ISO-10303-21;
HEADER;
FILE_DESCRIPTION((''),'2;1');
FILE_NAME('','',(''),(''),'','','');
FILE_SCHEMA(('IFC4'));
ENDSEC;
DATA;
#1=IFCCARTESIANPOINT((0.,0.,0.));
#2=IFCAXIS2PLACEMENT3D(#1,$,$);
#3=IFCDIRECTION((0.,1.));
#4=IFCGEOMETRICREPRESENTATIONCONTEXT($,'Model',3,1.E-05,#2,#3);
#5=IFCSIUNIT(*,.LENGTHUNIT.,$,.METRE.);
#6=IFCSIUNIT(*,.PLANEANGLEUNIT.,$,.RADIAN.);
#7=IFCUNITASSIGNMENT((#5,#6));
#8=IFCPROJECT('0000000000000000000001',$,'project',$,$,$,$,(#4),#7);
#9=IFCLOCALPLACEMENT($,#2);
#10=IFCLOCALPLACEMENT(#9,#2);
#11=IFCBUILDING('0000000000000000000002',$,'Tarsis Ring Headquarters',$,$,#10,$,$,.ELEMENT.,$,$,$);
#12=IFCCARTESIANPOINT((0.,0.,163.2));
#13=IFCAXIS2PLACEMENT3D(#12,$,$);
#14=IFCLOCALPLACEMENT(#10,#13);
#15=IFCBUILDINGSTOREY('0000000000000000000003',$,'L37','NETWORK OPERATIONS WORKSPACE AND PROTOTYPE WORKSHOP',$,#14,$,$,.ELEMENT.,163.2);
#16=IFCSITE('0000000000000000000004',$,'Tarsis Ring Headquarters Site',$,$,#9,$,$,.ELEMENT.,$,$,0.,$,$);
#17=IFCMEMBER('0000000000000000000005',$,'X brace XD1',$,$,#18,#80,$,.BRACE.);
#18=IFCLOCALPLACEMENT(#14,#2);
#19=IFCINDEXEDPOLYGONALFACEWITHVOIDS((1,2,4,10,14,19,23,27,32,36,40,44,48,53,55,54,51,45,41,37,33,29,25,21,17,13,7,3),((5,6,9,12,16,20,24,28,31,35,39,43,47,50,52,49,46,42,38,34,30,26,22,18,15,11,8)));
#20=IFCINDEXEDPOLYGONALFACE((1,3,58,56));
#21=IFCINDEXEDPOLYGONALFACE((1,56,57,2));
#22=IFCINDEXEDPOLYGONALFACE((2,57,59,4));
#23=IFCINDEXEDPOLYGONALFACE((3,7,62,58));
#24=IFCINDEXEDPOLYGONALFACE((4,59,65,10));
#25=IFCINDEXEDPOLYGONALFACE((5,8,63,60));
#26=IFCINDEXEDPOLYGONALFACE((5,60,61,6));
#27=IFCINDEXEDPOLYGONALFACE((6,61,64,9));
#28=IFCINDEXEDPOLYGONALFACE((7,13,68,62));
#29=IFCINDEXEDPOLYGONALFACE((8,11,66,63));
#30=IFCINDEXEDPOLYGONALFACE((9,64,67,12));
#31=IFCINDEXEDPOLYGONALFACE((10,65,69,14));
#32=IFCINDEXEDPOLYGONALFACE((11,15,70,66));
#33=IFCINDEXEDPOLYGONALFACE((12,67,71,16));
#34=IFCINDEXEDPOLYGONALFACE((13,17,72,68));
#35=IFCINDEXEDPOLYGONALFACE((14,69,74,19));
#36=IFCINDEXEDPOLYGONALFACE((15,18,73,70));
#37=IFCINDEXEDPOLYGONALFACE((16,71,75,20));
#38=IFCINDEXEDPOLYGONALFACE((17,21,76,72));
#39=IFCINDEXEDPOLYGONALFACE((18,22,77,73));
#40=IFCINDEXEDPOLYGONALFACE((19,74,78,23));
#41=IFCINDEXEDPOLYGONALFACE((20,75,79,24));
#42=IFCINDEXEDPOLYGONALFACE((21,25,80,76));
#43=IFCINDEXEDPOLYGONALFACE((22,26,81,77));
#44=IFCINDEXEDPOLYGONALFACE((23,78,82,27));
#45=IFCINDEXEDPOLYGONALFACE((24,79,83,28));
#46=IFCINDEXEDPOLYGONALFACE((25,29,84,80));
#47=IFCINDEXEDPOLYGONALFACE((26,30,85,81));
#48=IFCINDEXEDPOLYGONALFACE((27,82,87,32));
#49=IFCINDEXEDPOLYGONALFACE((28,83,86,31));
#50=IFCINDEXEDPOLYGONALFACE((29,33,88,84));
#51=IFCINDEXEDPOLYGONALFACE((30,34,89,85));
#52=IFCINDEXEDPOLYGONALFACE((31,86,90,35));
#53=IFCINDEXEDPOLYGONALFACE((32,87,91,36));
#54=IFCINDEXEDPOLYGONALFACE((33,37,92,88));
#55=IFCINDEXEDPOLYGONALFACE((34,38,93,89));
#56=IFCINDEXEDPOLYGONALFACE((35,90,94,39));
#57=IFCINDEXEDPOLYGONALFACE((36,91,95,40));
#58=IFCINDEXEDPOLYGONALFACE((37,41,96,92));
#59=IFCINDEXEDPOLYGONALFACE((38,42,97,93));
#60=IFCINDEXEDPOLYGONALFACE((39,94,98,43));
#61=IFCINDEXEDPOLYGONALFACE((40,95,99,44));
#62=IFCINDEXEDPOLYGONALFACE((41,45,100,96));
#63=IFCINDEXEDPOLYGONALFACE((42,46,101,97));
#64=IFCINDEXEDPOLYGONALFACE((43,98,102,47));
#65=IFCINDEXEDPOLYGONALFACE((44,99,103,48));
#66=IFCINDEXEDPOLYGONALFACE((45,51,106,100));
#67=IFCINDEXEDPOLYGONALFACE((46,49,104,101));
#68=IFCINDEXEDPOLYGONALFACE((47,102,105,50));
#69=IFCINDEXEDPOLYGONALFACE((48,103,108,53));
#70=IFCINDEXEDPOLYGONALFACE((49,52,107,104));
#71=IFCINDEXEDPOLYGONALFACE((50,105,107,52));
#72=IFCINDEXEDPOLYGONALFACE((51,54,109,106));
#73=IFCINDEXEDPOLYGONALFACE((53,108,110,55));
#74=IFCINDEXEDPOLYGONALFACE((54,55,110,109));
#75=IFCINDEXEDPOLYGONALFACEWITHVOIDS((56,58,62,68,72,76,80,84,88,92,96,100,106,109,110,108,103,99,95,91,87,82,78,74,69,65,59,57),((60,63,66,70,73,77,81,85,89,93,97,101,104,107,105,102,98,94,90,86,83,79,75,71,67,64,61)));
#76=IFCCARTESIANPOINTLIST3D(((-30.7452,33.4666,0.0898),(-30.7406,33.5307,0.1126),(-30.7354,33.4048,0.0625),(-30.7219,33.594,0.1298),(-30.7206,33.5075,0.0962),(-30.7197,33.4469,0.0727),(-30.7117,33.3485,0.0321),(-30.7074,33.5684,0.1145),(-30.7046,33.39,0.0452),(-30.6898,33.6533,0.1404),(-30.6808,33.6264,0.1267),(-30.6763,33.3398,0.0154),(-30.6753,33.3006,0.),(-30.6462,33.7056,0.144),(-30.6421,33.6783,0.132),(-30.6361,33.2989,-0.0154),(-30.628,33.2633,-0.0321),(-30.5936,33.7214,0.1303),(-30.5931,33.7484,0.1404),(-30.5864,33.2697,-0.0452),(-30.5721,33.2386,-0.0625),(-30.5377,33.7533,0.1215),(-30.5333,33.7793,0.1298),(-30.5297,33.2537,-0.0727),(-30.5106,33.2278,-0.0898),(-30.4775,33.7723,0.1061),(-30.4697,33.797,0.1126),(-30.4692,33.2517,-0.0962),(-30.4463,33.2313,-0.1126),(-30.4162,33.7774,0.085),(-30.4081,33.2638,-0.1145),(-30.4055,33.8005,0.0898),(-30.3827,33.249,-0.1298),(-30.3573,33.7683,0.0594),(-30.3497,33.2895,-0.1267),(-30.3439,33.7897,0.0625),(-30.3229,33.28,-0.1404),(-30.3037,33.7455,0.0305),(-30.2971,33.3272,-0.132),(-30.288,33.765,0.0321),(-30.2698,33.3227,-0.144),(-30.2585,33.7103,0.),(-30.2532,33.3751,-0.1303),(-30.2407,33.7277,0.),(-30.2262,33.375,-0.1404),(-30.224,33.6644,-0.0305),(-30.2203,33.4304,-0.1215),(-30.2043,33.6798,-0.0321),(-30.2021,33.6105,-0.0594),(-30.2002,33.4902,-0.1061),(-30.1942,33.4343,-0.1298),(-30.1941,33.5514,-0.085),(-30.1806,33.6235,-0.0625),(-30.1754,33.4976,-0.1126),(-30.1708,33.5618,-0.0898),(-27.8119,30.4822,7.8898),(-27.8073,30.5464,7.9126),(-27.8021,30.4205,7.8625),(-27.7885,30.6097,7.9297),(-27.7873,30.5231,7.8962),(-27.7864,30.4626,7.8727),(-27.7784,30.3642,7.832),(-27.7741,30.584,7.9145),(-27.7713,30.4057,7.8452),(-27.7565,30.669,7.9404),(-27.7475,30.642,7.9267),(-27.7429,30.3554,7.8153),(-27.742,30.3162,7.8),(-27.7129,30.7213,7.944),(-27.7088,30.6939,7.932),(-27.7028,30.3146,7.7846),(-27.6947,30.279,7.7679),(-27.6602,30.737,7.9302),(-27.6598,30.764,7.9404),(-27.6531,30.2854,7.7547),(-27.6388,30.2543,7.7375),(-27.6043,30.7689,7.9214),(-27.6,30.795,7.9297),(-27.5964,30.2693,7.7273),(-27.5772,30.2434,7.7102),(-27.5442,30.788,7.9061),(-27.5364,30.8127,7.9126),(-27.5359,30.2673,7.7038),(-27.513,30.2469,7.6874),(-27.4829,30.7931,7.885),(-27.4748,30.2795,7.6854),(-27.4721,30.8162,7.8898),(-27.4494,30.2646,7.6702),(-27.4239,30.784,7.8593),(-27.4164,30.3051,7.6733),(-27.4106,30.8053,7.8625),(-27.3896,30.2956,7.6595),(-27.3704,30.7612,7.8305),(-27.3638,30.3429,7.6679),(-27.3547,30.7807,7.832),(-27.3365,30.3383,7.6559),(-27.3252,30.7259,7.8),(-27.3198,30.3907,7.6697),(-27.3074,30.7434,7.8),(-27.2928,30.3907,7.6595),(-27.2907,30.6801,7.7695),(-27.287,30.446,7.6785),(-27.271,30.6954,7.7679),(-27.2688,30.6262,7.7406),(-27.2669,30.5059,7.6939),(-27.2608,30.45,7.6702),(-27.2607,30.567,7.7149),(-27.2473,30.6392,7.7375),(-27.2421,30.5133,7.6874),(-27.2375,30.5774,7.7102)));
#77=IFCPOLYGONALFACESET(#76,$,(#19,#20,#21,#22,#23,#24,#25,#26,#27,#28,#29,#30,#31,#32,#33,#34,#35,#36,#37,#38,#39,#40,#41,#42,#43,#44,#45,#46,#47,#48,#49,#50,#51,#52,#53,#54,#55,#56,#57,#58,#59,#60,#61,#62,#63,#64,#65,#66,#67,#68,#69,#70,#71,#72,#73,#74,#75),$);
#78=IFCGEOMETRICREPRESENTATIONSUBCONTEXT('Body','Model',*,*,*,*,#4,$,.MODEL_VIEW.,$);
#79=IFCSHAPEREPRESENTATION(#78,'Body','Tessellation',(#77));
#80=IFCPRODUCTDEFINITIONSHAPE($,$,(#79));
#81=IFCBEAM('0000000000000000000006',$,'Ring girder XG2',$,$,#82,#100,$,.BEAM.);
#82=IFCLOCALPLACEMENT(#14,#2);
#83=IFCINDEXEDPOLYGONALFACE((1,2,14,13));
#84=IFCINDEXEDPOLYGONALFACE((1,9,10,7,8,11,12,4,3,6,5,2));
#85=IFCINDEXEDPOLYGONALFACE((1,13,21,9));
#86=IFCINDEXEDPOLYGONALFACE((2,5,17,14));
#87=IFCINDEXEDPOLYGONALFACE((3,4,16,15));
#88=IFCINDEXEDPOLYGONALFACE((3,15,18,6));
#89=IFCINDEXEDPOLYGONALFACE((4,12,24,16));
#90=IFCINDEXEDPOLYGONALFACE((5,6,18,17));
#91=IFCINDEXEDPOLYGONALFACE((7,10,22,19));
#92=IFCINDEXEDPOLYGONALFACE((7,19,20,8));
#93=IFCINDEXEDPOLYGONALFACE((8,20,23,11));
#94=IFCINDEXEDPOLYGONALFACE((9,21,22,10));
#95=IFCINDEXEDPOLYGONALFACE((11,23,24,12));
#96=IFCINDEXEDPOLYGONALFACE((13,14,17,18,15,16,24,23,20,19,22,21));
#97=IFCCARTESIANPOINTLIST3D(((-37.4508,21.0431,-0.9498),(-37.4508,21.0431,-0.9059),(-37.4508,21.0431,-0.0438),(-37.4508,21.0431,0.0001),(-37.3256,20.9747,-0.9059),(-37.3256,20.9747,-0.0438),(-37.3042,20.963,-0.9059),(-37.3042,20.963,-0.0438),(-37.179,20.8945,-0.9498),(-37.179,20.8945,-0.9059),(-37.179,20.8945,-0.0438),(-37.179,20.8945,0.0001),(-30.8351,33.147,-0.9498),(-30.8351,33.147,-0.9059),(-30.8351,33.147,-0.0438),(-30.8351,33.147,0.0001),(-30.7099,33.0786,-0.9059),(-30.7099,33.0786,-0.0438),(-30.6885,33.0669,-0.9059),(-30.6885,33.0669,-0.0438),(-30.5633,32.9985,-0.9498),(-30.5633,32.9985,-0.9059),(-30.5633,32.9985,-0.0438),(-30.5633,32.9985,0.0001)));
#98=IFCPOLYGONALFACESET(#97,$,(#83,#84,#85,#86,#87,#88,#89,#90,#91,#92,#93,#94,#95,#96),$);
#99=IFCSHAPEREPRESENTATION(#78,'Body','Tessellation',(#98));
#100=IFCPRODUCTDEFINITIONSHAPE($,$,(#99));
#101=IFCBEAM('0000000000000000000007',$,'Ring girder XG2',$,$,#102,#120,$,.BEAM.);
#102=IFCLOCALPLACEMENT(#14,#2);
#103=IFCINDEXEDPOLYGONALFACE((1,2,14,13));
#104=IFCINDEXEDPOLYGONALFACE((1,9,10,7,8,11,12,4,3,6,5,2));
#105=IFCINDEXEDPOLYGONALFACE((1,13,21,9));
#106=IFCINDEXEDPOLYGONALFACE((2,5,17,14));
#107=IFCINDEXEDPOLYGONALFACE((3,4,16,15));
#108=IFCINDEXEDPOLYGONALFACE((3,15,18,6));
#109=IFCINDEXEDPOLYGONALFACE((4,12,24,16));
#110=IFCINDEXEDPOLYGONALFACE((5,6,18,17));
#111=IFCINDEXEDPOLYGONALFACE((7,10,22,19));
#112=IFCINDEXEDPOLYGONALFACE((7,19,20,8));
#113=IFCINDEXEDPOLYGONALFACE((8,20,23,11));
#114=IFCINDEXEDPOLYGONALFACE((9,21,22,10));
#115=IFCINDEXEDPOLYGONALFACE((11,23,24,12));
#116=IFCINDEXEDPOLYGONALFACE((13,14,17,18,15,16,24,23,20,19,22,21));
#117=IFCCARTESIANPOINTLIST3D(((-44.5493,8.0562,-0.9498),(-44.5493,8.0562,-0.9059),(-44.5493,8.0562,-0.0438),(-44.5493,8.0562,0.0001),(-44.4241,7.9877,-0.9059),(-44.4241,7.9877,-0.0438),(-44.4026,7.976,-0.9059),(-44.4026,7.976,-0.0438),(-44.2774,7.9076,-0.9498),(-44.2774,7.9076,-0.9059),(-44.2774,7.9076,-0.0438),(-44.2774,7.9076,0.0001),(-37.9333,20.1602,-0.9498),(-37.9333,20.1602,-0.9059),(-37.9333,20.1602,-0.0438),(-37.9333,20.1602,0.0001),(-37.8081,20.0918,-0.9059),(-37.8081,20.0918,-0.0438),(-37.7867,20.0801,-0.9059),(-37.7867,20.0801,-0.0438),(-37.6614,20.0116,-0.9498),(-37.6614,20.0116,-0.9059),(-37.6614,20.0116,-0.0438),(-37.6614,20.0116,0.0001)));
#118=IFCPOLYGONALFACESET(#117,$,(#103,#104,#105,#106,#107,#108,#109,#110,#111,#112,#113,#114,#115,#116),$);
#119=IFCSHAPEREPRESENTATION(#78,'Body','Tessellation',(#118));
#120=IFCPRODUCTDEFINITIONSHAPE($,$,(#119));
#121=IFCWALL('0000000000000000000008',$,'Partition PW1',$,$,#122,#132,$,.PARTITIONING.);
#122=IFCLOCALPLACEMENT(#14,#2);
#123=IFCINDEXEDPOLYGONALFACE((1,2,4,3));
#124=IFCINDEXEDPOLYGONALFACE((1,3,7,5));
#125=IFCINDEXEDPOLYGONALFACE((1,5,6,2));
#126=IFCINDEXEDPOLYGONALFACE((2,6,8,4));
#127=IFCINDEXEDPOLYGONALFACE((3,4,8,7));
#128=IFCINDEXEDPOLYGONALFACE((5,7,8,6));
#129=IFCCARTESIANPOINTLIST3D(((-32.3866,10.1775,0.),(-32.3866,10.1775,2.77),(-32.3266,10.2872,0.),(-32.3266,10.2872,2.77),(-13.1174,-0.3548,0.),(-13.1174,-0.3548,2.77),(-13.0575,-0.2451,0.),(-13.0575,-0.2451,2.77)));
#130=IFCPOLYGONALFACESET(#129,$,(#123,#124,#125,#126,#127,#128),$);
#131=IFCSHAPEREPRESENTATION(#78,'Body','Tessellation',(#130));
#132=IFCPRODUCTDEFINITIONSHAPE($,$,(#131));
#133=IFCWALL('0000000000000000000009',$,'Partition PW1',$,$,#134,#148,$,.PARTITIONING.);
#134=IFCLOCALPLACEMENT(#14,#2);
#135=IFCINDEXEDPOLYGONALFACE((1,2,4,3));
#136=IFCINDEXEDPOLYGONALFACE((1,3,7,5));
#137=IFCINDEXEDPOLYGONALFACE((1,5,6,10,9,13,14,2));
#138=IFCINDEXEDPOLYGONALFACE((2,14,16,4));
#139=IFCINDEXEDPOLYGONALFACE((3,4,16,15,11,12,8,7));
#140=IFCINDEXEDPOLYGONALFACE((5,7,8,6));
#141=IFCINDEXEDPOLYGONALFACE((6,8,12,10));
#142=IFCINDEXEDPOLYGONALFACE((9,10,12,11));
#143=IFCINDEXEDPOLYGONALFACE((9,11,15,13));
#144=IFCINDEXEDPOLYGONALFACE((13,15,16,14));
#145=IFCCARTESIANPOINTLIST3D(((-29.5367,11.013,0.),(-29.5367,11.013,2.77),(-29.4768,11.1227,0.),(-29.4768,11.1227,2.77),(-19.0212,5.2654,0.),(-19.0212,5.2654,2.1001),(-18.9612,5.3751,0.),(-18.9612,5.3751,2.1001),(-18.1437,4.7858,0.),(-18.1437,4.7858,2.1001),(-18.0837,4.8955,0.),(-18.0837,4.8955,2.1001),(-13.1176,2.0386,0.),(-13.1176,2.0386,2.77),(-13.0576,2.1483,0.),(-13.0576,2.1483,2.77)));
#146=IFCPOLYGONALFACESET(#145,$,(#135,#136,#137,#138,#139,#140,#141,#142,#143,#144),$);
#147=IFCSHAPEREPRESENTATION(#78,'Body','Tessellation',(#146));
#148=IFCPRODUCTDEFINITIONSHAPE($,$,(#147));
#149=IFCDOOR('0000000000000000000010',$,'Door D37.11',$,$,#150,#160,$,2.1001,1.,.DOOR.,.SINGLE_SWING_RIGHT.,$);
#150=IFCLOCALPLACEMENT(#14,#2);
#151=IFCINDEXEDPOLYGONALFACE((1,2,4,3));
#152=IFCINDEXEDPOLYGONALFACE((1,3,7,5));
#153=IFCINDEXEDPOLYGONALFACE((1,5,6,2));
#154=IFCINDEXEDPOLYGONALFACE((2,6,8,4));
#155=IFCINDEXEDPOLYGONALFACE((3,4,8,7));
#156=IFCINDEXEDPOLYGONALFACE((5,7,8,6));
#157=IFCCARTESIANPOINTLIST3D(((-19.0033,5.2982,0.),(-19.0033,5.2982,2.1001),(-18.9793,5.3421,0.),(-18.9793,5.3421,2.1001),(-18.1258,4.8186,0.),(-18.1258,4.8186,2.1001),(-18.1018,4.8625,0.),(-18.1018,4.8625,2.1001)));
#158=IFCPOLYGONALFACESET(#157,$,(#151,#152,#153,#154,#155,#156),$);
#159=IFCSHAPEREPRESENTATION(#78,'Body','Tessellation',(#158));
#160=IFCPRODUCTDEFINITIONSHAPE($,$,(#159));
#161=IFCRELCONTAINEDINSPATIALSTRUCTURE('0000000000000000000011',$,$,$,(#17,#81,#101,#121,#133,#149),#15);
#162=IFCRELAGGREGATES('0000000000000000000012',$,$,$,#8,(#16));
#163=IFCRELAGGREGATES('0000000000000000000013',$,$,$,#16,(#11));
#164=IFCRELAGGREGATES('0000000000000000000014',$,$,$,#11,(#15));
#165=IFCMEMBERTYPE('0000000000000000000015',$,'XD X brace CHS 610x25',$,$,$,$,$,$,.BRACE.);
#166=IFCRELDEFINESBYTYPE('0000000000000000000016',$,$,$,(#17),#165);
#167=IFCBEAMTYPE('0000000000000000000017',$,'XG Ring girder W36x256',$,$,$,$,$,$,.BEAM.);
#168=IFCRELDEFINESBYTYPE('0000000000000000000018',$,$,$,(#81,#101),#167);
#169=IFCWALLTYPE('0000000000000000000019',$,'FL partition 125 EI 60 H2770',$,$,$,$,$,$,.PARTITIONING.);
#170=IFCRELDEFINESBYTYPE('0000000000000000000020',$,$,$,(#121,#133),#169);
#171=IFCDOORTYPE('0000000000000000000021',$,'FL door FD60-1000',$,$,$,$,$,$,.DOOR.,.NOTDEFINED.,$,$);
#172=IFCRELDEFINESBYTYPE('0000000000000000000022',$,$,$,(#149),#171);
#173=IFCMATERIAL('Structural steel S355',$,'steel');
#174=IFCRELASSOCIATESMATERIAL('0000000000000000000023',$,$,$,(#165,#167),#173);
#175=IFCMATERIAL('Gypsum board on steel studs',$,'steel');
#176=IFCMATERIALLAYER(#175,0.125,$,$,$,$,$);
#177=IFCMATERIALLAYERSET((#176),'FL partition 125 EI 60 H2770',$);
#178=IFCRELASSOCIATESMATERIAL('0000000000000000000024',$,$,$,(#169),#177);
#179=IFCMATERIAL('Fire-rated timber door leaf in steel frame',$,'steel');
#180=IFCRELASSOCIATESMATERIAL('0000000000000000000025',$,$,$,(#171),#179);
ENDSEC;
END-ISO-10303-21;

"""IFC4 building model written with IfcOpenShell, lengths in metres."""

from ifc_helpers import new_model, si_unit, direction, frame, frame_2d, origin, origin_2d, place, context, subcontext, project, spatial, rectangle, hollow_circle, i_section, extrude, material, layer, layer_set, material_profile, profile_set, type_object, element, fill, save


model = new_model("IFC4")

# Units and contexts
model_context = context("Model", 3, precision=1e-05, world=origin(), true_north=direction((0.0, 1.0)))
body_context = subcontext(model_context, "Body", "Model", "MODEL_VIEW")
ifc_project = project(units=[si_unit("LENGTHUNIT", "METRE"), si_unit("PLANEANGLEUNIT", "RADIAN")], contexts=[model_context])

# Site, building, storey
site_placement = place(None, origin())
site = spatial("IfcSite", under=ifc_project, at=site_placement, Name="Tarsis Ring Headquarters Site", CompositionType="ELEMENT", RefElevation=0.0)
building_placement = place(site_placement, origin())
building = spatial("IfcBuilding", under=site, at=building_placement, Name="Tarsis Ring Headquarters", CompositionType="ELEMENT")
storey_placement = place(building_placement, frame((0.0, 0.0, 163.2)))
storey = spatial("IfcBuildingStorey", under=building, at=storey_placement, Name="L37", Description="NETWORK OPERATIONS WORKSPACE AND PROTOTYPE WORKSHOP", CompositionType="ELEMENT", Elevation=163.2)

# Shared definitions
ifc_material_1 = material(Name="Structural steel S355", Category="steel")

# Member
ifc_material_profile_1 = material_profile(ifc_material_1, hollow_circle(Radius=0.3047, WallThickness=0.0249, at=origin_2d()), Name="CHS 610x25")
ifc_profile_set_1 = profile_set([ifc_material_profile_1], Name="Structural steel S355")
member_type = type_object("IfcMemberType", Name="XD X brace CHS 610x25", PredefinedType="BRACE", material=ifc_profile_set_1)
member_placement = place(storey_placement, frame((-30.458, 33.5142, 0.0), z_axis=(0.33139, -0.337154, 0.881197), x_axis=(0.713177, 0.700984, 0.0)))
element("IfcMember", 1, at=member_placement, inside=storey, type_object=member_type, Name="X brace XD1", PredefinedType="BRACE", context=body_context, shape_type="SweptSolid", body=[
    extrude(hollow_circle(Radius=0.3047, WallThickness=0.0249, at=origin_2d()), origin(), (0.0, 0.0, 1.0), 8.8516),
])

# Beams
ifc_material_profile_2 = material_profile(ifc_material_1, i_section(OverallWidth=0.3098, OverallDepth=0.95, WebThickness=0.0244, FlangeThickness=0.0439, at=origin_2d()), Name="W36x256")
ifc_profile_set_2 = profile_set([ifc_material_profile_2], Name="Structural steel S355")
beam_type = type_object("IfcBeamType", Name="XG Ring girder W36x256", PredefinedType="BEAM", material=ifc_profile_set_2)
beam_1_placement = place(storey_placement, frame((-30.6992, 33.0728, -0.4749), z_axis=(-0.479608, -0.877483, 0.0), x_axis=(0.877483, -0.479608, 0.0)))
element("IfcBeam", 2, at=beam_1_placement, inside=storey, type_object=beam_type, Name="Ring girder XG2", PredefinedType="BEAM", context=body_context, shape_type="SweptSolid", body=[
    extrude(i_section(OverallWidth=0.3098, OverallDepth=0.95, WebThickness=0.0244, FlangeThickness=0.0439, at=origin_2d()), origin(), (0.0, 0.0, 1.0), 13.7939),
])
beam_2_placement = place(storey_placement, frame((-37.7974, 20.0859, -0.4749), z_axis=(-0.479622, -0.877475, 0.0), x_axis=(0.877475, -0.479622, 0.0)))
element("IfcBeam", 3, at=beam_2_placement, inside=storey, type_object=beam_type, Name="Ring girder XG2", PredefinedType="BEAM", context=body_context, shape_type="SweptSolid", body=[
    extrude(i_section(OverallWidth=0.3098, OverallDepth=0.95, WebThickness=0.0244, FlangeThickness=0.0439, at=origin_2d()), origin(), (0.0, 0.0, 1.0), 13.7942),
])

# Wall
ifc_material_2 = material(Name="Gypsum board on steel studs", Category="steel")
ifc_layer_1 = layer(ifc_material_2, 0.125)
ifc_layer_set_1 = layer_set([ifc_layer_1], Name="FL partition 125 EI 60 H2770")
wall_type_1 = type_object("IfcWallType", Name="FL partition 125 EI 60 H2770", PredefinedType="PARTITIONING", material=ifc_layer_set_1)
wall_1_placement = place(storey_placement, frame((-32.3567, 10.2324, 0.0), z_axis=(0.0, 0.0, 1.0), x_axis=(0.877477, -0.479618, 0.0)))
element("IfcWall", 4, at=wall_1_placement, inside=storey, type_object=wall_type_1, Name="Partition PW1", PredefinedType="PARTITIONING", context=body_context, shape_type="SweptSolid", body=[
    extrude(rectangle(XDim=21.9597, YDim=0.125, at=frame_2d((10.98, 0.0))), origin(), (0.0, 0.0, 1.0), 2.77),
])

# Wall, opening, door
wall_2_placement = place(storey_placement, frame((-29.5068, 11.0679, 0.0), z_axis=(0.0, 0.0, 1.0), x_axis=(0.877481, -0.479612, 0.0)))
wall_2 = element("IfcWall", 5, at=wall_2_placement, inside=storey, type_object=wall_type_1, Name="Partition PW1", PredefinedType="PARTITIONING", context=body_context, shape_type="SweptSolid", body=[
    extrude(rectangle(XDim=18.7117, YDim=0.125, at=frame_2d((9.356, 0.0))), origin(), (0.0, 0.0, 1.0), 2.77),
])
opening_1_placement = place(wall_2_placement, frame((11.9839, 0.0, 0.0)))
opening_1 = element("IfcOpeningElement", 6, at=opening_1_placement, cuts=wall_2, PredefinedType="OPENING", context=body_context, shape_type="SweptSolid", body=[
    extrude(rectangle(XDim=1.0, YDim=2.1001, at=frame_2d((0.5, 1.05))), frame((0.0, 0.0725, 0.0), z_axis=(0.0, -1.0, 0.0), x_axis=(1.0, 0.0, 0.0)), (0.0, 0.0, 1.0), 0.145),
])
ifc_material_3 = material(Name="Fire-rated timber door leaf in steel frame", Category="steel")
door_type_1 = type_object("IfcDoorType", Name="FL door FD60-1000", OperationType="NOTDEFINED", PredefinedType="DOOR", material=ifc_material_3)
door_1_placement = place(opening_1_placement, origin())
door_1 = element("IfcDoor", 7, at=door_1_placement, inside=storey, type_object=door_type_1, Name="Door D37.11", OperationType="SINGLE_SWING_RIGHT", OverallHeight=2.1001, OverallWidth=1.0, PredefinedType="DOOR", context=body_context, shape_type="SweptSolid", body=[
    extrude(rectangle(XDim=1.0, YDim=2.1001, at=frame_2d((0.5, 1.05))), frame((0.0, 0.0249, 0.0), z_axis=(0.0, -1.0, 0.0), x_axis=(1.0, 0.0, 0.0)), (0.0, 0.0, 1.0), 0.05),
])
fill(opening_1, door_1)

save(model, "model.ifc")
